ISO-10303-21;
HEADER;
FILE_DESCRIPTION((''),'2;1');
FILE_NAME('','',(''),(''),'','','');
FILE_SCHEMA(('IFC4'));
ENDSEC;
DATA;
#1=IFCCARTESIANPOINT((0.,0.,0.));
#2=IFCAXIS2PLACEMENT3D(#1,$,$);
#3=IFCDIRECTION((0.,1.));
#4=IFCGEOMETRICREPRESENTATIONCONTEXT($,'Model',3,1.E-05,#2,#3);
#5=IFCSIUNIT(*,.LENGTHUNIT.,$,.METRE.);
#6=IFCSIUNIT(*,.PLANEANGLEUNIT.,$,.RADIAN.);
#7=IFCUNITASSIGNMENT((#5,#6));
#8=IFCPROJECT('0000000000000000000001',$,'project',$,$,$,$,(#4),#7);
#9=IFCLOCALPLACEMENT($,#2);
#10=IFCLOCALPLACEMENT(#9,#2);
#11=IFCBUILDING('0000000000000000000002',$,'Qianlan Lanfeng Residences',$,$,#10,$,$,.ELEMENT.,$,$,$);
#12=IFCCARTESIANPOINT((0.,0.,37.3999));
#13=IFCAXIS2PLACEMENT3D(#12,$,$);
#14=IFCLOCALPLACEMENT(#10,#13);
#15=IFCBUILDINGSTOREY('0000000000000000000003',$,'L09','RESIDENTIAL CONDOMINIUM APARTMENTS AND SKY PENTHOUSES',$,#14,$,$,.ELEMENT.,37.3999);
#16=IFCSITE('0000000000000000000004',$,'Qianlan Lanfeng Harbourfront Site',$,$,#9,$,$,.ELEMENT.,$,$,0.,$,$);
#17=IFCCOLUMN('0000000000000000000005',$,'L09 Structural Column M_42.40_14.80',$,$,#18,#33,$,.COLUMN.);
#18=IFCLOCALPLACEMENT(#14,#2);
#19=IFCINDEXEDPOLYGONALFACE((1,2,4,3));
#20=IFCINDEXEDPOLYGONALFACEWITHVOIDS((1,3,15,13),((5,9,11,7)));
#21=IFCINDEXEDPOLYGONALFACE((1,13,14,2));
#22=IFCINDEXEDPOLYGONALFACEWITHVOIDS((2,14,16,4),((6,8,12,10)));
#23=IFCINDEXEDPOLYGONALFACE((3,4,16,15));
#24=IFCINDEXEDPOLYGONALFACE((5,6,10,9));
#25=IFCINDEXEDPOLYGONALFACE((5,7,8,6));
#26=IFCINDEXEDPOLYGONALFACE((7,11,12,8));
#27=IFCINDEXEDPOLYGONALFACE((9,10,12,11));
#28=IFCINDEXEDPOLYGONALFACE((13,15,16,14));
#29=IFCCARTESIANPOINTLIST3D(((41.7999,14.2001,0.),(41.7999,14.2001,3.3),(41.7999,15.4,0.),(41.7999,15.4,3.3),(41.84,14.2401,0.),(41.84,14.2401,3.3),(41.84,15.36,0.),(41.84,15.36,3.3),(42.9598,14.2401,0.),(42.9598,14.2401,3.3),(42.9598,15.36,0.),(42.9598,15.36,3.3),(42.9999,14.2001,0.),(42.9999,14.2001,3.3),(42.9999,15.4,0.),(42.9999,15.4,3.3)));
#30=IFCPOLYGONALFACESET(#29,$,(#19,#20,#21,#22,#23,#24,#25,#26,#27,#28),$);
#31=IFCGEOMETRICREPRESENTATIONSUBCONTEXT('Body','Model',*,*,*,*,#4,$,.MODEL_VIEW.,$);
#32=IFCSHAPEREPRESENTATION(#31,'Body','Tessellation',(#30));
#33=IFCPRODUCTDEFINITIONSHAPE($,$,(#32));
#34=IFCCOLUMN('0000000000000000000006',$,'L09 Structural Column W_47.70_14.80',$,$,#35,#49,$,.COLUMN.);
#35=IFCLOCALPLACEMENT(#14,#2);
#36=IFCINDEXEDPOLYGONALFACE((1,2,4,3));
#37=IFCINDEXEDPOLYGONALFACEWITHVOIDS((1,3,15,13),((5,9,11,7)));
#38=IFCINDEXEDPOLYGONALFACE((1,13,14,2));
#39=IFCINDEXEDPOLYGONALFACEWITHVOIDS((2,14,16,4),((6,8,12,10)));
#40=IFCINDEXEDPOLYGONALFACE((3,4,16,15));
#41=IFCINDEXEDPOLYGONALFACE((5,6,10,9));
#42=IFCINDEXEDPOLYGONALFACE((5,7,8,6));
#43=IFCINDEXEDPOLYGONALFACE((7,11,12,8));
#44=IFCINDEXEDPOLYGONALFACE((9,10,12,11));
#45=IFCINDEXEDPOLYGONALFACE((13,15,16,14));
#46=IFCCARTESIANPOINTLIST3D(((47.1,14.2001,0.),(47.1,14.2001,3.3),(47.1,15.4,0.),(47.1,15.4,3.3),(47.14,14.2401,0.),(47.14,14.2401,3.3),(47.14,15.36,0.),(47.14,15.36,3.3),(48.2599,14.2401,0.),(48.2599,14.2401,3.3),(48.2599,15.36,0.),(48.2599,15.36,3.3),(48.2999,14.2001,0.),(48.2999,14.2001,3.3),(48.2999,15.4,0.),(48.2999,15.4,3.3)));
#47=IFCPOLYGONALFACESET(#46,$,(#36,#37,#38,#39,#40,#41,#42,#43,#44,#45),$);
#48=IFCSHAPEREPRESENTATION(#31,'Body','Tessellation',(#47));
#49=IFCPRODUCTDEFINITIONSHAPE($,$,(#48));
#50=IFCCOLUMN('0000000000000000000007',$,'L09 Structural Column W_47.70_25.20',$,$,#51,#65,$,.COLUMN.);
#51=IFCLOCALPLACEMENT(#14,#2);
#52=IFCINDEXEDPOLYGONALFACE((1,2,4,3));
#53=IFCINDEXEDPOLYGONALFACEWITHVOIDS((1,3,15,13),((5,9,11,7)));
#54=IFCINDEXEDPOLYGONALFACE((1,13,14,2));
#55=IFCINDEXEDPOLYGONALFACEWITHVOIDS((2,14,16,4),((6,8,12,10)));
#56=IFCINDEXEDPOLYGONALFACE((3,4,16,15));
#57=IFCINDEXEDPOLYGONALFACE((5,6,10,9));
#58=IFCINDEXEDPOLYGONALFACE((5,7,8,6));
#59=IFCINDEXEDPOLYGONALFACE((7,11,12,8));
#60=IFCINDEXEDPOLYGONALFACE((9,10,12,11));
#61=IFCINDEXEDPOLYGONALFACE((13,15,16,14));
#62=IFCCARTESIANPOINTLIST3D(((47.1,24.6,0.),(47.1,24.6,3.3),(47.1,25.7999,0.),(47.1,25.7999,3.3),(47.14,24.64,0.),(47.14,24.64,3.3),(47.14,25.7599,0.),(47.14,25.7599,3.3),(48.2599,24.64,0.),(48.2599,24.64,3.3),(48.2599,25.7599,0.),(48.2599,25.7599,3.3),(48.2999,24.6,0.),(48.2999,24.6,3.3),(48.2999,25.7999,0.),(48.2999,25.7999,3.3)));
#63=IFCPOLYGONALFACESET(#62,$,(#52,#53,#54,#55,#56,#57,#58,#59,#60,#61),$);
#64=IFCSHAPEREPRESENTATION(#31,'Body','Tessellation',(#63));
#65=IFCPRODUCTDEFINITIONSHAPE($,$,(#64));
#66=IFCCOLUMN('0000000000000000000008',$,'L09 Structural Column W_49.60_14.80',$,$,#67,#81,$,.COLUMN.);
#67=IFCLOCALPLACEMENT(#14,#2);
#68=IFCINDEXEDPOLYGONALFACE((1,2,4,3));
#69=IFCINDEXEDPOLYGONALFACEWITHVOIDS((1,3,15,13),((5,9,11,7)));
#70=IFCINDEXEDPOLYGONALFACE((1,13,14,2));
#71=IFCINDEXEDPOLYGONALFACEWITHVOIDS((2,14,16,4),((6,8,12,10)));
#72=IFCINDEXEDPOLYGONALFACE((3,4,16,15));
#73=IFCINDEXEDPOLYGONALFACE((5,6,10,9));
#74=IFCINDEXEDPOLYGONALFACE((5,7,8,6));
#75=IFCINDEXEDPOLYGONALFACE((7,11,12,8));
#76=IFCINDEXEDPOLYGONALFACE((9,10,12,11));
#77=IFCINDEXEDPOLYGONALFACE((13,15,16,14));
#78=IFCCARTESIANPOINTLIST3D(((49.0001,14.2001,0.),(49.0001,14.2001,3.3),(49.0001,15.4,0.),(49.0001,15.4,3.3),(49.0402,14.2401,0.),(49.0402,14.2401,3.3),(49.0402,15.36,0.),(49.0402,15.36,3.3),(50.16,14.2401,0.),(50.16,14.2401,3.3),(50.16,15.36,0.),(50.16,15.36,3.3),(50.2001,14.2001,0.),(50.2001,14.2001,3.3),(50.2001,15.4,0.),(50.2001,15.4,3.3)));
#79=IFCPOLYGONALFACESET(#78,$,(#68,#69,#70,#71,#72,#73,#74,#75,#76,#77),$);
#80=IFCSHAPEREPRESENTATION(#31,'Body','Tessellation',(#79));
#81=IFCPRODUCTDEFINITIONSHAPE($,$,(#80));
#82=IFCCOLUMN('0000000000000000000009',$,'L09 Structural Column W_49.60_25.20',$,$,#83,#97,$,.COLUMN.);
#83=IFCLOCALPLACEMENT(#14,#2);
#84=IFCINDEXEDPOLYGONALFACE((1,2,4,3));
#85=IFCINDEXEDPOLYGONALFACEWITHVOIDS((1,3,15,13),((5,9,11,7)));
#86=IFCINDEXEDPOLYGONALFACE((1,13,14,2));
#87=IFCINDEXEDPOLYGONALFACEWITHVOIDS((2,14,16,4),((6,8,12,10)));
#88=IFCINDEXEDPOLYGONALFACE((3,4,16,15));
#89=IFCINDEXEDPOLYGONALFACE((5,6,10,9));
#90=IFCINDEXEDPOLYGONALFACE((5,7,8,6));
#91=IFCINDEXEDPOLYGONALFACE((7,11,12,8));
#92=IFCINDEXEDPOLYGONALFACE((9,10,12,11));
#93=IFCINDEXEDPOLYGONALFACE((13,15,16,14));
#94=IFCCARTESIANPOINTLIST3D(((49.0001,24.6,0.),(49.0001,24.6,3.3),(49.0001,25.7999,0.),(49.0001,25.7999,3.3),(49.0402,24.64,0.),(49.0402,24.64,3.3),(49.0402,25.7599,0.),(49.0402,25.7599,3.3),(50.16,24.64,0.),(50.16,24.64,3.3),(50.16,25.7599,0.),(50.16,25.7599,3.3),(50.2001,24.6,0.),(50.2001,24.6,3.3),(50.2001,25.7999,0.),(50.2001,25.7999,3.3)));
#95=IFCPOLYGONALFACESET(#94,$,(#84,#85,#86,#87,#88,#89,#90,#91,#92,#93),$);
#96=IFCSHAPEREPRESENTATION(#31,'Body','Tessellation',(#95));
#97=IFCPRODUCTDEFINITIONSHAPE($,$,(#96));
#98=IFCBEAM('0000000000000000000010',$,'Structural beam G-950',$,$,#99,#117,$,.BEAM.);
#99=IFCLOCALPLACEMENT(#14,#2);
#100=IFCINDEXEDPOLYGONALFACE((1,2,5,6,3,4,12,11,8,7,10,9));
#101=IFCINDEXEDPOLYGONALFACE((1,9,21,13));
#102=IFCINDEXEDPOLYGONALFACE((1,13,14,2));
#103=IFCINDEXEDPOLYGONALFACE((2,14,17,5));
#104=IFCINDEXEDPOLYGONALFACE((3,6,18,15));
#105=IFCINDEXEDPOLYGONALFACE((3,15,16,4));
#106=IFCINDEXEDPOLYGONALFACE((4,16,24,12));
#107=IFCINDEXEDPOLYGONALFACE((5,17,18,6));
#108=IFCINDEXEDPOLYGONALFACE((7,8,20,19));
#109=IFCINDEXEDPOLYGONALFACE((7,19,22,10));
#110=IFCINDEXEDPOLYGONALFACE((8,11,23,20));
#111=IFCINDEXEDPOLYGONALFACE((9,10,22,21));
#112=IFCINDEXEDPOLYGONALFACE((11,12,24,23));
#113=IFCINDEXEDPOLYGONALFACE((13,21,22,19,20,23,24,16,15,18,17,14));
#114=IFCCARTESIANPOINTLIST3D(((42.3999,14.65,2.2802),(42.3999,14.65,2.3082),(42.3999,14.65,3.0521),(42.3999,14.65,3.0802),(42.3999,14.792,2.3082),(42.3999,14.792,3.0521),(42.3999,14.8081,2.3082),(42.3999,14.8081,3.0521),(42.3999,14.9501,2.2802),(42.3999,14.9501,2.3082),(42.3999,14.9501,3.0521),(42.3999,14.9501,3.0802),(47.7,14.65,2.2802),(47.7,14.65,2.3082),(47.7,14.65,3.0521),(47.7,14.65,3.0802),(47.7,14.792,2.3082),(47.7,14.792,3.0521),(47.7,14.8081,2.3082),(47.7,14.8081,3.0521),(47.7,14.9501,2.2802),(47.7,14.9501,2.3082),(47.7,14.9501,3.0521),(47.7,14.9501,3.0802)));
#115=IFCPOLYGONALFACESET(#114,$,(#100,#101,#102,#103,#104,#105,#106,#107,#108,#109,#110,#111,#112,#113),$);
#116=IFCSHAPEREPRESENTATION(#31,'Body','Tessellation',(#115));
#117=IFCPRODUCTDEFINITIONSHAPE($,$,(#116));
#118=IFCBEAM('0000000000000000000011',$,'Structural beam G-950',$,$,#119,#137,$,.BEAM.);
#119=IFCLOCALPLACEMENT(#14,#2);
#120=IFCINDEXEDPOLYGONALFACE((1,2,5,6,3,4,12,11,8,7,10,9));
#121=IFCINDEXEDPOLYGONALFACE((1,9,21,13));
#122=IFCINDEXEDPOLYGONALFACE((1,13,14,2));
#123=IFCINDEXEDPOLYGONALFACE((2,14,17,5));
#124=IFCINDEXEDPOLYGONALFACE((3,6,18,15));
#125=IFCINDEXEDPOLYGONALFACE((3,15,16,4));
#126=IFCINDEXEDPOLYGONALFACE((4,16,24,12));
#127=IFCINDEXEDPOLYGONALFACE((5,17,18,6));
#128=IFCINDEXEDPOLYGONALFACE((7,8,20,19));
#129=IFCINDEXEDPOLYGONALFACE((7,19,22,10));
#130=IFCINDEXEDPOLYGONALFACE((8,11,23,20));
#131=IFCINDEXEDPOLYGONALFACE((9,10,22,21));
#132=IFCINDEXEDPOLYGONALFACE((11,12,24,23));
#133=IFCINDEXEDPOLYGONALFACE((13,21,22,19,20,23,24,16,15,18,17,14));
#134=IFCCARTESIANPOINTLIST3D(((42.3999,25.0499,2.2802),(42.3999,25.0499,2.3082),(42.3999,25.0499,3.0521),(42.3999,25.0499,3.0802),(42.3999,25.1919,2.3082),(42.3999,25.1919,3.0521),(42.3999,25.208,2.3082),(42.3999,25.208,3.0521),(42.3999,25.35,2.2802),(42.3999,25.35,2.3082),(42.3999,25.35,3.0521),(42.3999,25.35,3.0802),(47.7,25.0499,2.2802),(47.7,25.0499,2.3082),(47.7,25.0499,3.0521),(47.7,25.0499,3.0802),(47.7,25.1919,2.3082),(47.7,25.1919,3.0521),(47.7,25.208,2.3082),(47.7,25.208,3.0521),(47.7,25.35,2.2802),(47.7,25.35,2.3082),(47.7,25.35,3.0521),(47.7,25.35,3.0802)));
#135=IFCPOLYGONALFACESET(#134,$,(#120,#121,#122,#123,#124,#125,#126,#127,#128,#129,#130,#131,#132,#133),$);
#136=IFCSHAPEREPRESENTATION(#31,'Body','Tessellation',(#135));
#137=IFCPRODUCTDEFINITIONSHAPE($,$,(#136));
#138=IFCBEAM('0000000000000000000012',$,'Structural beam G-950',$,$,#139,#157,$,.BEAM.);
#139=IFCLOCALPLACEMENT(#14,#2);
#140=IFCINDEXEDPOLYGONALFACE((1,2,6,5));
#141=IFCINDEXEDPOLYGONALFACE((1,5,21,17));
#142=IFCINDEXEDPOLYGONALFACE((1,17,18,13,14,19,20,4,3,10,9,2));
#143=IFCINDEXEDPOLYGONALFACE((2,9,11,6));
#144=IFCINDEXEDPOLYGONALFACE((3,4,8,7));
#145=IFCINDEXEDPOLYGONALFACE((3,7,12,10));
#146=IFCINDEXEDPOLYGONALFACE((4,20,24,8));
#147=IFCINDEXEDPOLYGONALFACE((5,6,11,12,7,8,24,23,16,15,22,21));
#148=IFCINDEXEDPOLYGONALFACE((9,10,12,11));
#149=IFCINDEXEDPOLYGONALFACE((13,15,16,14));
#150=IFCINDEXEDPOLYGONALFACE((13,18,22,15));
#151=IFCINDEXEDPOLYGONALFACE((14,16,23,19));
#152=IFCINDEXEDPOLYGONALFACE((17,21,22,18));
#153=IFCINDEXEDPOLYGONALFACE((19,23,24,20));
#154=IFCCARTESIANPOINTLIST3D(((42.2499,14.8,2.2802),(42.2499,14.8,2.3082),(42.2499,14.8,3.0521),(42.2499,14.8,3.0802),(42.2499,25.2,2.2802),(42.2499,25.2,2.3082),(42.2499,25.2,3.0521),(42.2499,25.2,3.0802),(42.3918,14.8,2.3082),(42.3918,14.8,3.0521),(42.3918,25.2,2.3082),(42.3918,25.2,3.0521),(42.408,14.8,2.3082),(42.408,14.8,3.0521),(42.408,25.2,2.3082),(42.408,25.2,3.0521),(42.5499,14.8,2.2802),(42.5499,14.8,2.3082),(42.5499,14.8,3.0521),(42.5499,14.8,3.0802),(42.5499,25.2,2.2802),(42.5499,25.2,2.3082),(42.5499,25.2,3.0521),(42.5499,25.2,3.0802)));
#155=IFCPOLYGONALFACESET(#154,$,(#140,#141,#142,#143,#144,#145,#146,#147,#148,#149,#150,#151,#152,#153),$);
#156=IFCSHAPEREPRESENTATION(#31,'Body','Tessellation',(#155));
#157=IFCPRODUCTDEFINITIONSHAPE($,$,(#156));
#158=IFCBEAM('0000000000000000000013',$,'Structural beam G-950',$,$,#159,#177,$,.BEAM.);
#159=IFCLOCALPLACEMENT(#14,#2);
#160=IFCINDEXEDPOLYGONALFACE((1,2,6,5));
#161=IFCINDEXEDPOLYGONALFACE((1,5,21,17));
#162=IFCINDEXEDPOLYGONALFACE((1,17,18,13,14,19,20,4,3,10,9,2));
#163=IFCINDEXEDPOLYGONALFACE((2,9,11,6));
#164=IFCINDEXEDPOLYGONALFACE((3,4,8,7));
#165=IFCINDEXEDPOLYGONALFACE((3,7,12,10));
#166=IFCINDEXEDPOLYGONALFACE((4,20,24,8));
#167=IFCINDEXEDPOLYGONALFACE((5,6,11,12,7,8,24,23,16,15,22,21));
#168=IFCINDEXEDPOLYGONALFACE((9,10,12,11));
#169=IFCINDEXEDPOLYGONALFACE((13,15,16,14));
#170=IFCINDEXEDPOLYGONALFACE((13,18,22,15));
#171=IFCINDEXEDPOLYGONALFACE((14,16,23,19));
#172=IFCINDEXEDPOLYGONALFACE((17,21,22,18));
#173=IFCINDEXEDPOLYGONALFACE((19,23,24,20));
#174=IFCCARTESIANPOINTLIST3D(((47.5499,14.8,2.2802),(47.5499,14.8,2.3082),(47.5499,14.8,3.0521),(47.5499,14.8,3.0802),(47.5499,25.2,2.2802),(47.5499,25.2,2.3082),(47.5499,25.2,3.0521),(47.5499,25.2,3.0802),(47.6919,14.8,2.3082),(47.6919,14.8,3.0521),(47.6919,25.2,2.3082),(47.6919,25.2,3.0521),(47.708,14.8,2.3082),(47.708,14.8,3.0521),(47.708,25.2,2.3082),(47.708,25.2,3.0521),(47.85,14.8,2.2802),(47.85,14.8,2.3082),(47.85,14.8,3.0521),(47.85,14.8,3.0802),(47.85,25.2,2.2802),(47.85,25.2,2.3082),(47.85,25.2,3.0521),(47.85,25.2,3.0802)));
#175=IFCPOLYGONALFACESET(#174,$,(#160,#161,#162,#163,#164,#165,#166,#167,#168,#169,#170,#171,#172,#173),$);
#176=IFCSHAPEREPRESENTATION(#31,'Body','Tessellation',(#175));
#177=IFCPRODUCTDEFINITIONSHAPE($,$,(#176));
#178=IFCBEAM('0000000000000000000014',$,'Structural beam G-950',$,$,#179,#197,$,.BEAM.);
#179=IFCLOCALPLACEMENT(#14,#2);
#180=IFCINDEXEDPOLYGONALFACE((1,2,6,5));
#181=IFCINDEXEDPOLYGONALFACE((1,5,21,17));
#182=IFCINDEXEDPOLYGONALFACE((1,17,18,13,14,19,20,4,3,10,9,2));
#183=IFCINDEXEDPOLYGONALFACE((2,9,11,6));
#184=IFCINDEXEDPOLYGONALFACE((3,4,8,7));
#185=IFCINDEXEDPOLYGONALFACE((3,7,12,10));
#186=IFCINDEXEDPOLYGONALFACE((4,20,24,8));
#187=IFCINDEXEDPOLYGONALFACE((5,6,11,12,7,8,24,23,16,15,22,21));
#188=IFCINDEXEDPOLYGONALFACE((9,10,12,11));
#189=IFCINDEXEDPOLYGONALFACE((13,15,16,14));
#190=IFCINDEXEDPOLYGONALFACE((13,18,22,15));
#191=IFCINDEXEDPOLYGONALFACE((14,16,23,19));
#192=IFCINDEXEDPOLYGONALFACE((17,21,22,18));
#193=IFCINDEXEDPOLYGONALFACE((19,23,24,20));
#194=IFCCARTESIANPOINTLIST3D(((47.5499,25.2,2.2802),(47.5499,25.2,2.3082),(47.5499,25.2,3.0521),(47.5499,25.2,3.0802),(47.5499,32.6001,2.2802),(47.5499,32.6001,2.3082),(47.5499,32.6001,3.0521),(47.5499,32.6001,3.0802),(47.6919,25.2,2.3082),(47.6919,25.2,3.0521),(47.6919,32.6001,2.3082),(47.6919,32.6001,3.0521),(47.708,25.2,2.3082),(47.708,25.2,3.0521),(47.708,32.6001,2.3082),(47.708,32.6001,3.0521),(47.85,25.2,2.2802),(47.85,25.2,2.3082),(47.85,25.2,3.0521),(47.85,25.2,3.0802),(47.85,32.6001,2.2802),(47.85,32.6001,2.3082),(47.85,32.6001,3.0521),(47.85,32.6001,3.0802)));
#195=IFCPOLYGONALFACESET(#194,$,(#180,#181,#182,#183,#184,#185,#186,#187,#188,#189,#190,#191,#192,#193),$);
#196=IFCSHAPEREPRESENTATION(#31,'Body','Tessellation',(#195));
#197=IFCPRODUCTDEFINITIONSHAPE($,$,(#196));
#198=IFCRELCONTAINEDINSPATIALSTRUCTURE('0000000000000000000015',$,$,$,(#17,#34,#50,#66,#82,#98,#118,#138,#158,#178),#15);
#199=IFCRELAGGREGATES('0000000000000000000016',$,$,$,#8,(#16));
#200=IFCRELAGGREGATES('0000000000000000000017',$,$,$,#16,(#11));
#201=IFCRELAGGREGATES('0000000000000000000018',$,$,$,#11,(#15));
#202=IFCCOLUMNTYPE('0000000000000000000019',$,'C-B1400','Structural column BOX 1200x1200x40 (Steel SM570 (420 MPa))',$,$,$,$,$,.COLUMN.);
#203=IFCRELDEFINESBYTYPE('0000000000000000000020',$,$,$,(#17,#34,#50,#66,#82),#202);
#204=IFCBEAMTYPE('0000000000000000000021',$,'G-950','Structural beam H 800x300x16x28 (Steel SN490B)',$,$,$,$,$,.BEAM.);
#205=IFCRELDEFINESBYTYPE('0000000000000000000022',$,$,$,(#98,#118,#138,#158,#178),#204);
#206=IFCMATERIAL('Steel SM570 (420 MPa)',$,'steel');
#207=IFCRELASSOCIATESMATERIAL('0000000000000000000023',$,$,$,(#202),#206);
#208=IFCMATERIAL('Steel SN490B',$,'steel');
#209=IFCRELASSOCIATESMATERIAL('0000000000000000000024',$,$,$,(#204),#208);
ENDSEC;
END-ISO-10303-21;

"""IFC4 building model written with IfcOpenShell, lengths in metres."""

from ifc_helpers import new_model, si_unit, direction, frame, origin, origin_2d, place, context, subcontext, project, spatial, hollow_rectangle, i_section, extrude, material, material_profile, profile_set, type_object, element, save


model = new_model("IFC4")

# Units and contexts
model_context = context("Model", 3, precision=1e-05, world=origin(), true_north=direction((0.0, 1.0)))
body_context = subcontext(model_context, "Body", "Model", "MODEL_VIEW")
ifc_project = project(units=[si_unit("LENGTHUNIT", "METRE"), si_unit("PLANEANGLEUNIT", "RADIAN")], contexts=[model_context])

# Site, building, storey
site_placement = place(None, origin())
site = spatial("IfcSite", under=ifc_project, at=site_placement, Name="Qianlan Lanfeng Harbourfront Site", CompositionType="ELEMENT", RefElevation=0.0)
building_placement = place(site_placement, origin())
building = spatial("IfcBuilding", under=site, at=building_placement, Name="Qianlan Lanfeng Residences", CompositionType="ELEMENT")
storey_placement = place(building_placement, frame((0.0, 0.0, 37.3999)))
storey = spatial("IfcBuildingStorey", under=building, at=storey_placement, Name="L09", Description="RESIDENTIAL CONDOMINIUM APARTMENTS AND SKY PENTHOUSES", CompositionType="ELEMENT", Elevation=37.3999)

# Columns
ifc_material_1 = material(Name="Steel SM570 (420 MPa)", Category="steel")
ifc_material_profile_1 = material_profile(ifc_material_1, hollow_rectangle(XDim=1.2, YDim=1.2, WallThickness=0.04, at=origin_2d()), Name="BOX 1200x1200x40")
ifc_profile_set_1 = profile_set([ifc_material_profile_1], Name="Steel SM570 (420 MPa)")
column_type = type_object("IfcColumnType", Name="C-B1400", Description="Structural column BOX 1200x1200x40 (Steel SM570 (420 MPa))", PredefinedType="COLUMN", material=ifc_profile_set_1)
for number, where, z_axis, x_axis, name in (
    (1, (42.3999, 14.8, 0.0), (0.0, 0.0, 1.0), (1.0, 0.0, 0.0), "L09 Structural Column M_42.40_14.80"),
    (2, (47.7, 14.8, 0.0), (0.0, 0.0, 1.0), (1.0, 0.0, 0.0), "L09 Structural Column W_47.70_14.80"),
    (3, (47.7, 25.2, 0.0), (0.0, 0.0, 1.0), (1.0, 0.0, 0.0), "L09 Structural Column W_47.70_25.20"),
    (4, (49.6001, 14.8, 0.0), (0.0, 0.0, 1.0), (1.0, 0.0, 0.0), "L09 Structural Column W_49.60_14.80"),
    (5, (49.6001, 25.2, 0.0), (0.0, 0.0, 1.0), (1.0, 0.0, 0.0), "L09 Structural Column W_49.60_25.20"),
):
    element("IfcColumn", number, at=place(storey_placement, frame(where, z_axis=z_axis, x_axis=x_axis)), inside=storey, type_object=column_type, Name=name, PredefinedType="COLUMN", context=body_context, shape_type="SweptSolid", body=[
        extrude(hollow_rectangle(XDim=1.2, YDim=1.2, WallThickness=0.04, at=origin_2d()), origin(), (0.0, 0.0, 1.0), 3.3),
    ])

# Beams
ifc_material_2 = material(Name="Steel SN490B", Category="steel")
ifc_material_profile_2 = material_profile(ifc_material_2, i_section(OverallWidth=0.3, OverallDepth=0.8, WebThickness=0.0161, FlangeThickness=0.0281, at=origin_2d()), Name="H 800x300x16x28")
ifc_profile_set_2 = profile_set([ifc_material_profile_2], Name="Steel SN490B")
beam_type_1 = type_object("IfcBeamType", Name="G-950", Description="Structural beam H 800x300x16x28 (Steel SN490B)", PredefinedType="BEAM", material=ifc_profile_set_2)
for number, where, z_axis, x_axis, name in (
    (6, (42.3999, 14.8, 2.6802), (1.0, 0.0, 0.0), (0.0, 1.0, 0.0), "Structural beam G-950"),
    (7, (42.3999, 25.2, 2.6802), (1.0, 0.0, 0.0), (0.0, 1.0, 0.0), "Structural beam G-950"),
):
    element("IfcBeam", number, at=place(storey_placement, frame(where, z_axis=z_axis, x_axis=x_axis)), inside=storey, type_object=beam_type_1, Name=name, PredefinedType="BEAM", context=body_context, shape_type="SweptSolid", body=[
        extrude(i_section(OverallWidth=0.3, OverallDepth=0.8, WebThickness=0.0161, FlangeThickness=0.0281, at=origin_2d()), origin(), (0.0, 0.0, 1.0), 5.3),
    ])
for number, where, z_axis, x_axis, name in (
    (8, (42.3999, 14.8, 2.6802), (0.0, 1.0, 0.0), (-1.0, 0.0, 0.0), "Structural beam G-950"),
    (9, (47.7, 14.8, 2.6802), (0.0, 1.0, 0.0), (-1.0, 0.0, 0.0), "Structural beam G-950"),
):
    element("IfcBeam", number, at=place(storey_placement, frame(where, z_axis=z_axis, x_axis=x_axis)), inside=storey, type_object=beam_type_1, Name=name, PredefinedType="BEAM", context=body_context, shape_type="SweptSolid", body=[
        extrude(i_section(OverallWidth=0.3, OverallDepth=0.8, WebThickness=0.0161, FlangeThickness=0.0281, at=origin_2d()), origin(), (0.0, 0.0, 1.0), 10.3999),
    ])
beam_1_placement = place(storey_placement, frame((47.7, 25.2, 2.6802), z_axis=(0.0, 1.0, 0.0), x_axis=(-1.0, 0.0, 0.0)))
element("IfcBeam", 10, at=beam_1_placement, inside=storey, type_object=beam_type_1, Name="Structural beam G-950", PredefinedType="BEAM", context=body_context, shape_type="SweptSolid", body=[
    extrude(i_section(OverallWidth=0.3, OverallDepth=0.8, WebThickness=0.0161, FlangeThickness=0.0281, at=origin_2d()), origin(), (0.0, 0.0, 1.0), 7.4001),
])

save(model, "model.ifc")
